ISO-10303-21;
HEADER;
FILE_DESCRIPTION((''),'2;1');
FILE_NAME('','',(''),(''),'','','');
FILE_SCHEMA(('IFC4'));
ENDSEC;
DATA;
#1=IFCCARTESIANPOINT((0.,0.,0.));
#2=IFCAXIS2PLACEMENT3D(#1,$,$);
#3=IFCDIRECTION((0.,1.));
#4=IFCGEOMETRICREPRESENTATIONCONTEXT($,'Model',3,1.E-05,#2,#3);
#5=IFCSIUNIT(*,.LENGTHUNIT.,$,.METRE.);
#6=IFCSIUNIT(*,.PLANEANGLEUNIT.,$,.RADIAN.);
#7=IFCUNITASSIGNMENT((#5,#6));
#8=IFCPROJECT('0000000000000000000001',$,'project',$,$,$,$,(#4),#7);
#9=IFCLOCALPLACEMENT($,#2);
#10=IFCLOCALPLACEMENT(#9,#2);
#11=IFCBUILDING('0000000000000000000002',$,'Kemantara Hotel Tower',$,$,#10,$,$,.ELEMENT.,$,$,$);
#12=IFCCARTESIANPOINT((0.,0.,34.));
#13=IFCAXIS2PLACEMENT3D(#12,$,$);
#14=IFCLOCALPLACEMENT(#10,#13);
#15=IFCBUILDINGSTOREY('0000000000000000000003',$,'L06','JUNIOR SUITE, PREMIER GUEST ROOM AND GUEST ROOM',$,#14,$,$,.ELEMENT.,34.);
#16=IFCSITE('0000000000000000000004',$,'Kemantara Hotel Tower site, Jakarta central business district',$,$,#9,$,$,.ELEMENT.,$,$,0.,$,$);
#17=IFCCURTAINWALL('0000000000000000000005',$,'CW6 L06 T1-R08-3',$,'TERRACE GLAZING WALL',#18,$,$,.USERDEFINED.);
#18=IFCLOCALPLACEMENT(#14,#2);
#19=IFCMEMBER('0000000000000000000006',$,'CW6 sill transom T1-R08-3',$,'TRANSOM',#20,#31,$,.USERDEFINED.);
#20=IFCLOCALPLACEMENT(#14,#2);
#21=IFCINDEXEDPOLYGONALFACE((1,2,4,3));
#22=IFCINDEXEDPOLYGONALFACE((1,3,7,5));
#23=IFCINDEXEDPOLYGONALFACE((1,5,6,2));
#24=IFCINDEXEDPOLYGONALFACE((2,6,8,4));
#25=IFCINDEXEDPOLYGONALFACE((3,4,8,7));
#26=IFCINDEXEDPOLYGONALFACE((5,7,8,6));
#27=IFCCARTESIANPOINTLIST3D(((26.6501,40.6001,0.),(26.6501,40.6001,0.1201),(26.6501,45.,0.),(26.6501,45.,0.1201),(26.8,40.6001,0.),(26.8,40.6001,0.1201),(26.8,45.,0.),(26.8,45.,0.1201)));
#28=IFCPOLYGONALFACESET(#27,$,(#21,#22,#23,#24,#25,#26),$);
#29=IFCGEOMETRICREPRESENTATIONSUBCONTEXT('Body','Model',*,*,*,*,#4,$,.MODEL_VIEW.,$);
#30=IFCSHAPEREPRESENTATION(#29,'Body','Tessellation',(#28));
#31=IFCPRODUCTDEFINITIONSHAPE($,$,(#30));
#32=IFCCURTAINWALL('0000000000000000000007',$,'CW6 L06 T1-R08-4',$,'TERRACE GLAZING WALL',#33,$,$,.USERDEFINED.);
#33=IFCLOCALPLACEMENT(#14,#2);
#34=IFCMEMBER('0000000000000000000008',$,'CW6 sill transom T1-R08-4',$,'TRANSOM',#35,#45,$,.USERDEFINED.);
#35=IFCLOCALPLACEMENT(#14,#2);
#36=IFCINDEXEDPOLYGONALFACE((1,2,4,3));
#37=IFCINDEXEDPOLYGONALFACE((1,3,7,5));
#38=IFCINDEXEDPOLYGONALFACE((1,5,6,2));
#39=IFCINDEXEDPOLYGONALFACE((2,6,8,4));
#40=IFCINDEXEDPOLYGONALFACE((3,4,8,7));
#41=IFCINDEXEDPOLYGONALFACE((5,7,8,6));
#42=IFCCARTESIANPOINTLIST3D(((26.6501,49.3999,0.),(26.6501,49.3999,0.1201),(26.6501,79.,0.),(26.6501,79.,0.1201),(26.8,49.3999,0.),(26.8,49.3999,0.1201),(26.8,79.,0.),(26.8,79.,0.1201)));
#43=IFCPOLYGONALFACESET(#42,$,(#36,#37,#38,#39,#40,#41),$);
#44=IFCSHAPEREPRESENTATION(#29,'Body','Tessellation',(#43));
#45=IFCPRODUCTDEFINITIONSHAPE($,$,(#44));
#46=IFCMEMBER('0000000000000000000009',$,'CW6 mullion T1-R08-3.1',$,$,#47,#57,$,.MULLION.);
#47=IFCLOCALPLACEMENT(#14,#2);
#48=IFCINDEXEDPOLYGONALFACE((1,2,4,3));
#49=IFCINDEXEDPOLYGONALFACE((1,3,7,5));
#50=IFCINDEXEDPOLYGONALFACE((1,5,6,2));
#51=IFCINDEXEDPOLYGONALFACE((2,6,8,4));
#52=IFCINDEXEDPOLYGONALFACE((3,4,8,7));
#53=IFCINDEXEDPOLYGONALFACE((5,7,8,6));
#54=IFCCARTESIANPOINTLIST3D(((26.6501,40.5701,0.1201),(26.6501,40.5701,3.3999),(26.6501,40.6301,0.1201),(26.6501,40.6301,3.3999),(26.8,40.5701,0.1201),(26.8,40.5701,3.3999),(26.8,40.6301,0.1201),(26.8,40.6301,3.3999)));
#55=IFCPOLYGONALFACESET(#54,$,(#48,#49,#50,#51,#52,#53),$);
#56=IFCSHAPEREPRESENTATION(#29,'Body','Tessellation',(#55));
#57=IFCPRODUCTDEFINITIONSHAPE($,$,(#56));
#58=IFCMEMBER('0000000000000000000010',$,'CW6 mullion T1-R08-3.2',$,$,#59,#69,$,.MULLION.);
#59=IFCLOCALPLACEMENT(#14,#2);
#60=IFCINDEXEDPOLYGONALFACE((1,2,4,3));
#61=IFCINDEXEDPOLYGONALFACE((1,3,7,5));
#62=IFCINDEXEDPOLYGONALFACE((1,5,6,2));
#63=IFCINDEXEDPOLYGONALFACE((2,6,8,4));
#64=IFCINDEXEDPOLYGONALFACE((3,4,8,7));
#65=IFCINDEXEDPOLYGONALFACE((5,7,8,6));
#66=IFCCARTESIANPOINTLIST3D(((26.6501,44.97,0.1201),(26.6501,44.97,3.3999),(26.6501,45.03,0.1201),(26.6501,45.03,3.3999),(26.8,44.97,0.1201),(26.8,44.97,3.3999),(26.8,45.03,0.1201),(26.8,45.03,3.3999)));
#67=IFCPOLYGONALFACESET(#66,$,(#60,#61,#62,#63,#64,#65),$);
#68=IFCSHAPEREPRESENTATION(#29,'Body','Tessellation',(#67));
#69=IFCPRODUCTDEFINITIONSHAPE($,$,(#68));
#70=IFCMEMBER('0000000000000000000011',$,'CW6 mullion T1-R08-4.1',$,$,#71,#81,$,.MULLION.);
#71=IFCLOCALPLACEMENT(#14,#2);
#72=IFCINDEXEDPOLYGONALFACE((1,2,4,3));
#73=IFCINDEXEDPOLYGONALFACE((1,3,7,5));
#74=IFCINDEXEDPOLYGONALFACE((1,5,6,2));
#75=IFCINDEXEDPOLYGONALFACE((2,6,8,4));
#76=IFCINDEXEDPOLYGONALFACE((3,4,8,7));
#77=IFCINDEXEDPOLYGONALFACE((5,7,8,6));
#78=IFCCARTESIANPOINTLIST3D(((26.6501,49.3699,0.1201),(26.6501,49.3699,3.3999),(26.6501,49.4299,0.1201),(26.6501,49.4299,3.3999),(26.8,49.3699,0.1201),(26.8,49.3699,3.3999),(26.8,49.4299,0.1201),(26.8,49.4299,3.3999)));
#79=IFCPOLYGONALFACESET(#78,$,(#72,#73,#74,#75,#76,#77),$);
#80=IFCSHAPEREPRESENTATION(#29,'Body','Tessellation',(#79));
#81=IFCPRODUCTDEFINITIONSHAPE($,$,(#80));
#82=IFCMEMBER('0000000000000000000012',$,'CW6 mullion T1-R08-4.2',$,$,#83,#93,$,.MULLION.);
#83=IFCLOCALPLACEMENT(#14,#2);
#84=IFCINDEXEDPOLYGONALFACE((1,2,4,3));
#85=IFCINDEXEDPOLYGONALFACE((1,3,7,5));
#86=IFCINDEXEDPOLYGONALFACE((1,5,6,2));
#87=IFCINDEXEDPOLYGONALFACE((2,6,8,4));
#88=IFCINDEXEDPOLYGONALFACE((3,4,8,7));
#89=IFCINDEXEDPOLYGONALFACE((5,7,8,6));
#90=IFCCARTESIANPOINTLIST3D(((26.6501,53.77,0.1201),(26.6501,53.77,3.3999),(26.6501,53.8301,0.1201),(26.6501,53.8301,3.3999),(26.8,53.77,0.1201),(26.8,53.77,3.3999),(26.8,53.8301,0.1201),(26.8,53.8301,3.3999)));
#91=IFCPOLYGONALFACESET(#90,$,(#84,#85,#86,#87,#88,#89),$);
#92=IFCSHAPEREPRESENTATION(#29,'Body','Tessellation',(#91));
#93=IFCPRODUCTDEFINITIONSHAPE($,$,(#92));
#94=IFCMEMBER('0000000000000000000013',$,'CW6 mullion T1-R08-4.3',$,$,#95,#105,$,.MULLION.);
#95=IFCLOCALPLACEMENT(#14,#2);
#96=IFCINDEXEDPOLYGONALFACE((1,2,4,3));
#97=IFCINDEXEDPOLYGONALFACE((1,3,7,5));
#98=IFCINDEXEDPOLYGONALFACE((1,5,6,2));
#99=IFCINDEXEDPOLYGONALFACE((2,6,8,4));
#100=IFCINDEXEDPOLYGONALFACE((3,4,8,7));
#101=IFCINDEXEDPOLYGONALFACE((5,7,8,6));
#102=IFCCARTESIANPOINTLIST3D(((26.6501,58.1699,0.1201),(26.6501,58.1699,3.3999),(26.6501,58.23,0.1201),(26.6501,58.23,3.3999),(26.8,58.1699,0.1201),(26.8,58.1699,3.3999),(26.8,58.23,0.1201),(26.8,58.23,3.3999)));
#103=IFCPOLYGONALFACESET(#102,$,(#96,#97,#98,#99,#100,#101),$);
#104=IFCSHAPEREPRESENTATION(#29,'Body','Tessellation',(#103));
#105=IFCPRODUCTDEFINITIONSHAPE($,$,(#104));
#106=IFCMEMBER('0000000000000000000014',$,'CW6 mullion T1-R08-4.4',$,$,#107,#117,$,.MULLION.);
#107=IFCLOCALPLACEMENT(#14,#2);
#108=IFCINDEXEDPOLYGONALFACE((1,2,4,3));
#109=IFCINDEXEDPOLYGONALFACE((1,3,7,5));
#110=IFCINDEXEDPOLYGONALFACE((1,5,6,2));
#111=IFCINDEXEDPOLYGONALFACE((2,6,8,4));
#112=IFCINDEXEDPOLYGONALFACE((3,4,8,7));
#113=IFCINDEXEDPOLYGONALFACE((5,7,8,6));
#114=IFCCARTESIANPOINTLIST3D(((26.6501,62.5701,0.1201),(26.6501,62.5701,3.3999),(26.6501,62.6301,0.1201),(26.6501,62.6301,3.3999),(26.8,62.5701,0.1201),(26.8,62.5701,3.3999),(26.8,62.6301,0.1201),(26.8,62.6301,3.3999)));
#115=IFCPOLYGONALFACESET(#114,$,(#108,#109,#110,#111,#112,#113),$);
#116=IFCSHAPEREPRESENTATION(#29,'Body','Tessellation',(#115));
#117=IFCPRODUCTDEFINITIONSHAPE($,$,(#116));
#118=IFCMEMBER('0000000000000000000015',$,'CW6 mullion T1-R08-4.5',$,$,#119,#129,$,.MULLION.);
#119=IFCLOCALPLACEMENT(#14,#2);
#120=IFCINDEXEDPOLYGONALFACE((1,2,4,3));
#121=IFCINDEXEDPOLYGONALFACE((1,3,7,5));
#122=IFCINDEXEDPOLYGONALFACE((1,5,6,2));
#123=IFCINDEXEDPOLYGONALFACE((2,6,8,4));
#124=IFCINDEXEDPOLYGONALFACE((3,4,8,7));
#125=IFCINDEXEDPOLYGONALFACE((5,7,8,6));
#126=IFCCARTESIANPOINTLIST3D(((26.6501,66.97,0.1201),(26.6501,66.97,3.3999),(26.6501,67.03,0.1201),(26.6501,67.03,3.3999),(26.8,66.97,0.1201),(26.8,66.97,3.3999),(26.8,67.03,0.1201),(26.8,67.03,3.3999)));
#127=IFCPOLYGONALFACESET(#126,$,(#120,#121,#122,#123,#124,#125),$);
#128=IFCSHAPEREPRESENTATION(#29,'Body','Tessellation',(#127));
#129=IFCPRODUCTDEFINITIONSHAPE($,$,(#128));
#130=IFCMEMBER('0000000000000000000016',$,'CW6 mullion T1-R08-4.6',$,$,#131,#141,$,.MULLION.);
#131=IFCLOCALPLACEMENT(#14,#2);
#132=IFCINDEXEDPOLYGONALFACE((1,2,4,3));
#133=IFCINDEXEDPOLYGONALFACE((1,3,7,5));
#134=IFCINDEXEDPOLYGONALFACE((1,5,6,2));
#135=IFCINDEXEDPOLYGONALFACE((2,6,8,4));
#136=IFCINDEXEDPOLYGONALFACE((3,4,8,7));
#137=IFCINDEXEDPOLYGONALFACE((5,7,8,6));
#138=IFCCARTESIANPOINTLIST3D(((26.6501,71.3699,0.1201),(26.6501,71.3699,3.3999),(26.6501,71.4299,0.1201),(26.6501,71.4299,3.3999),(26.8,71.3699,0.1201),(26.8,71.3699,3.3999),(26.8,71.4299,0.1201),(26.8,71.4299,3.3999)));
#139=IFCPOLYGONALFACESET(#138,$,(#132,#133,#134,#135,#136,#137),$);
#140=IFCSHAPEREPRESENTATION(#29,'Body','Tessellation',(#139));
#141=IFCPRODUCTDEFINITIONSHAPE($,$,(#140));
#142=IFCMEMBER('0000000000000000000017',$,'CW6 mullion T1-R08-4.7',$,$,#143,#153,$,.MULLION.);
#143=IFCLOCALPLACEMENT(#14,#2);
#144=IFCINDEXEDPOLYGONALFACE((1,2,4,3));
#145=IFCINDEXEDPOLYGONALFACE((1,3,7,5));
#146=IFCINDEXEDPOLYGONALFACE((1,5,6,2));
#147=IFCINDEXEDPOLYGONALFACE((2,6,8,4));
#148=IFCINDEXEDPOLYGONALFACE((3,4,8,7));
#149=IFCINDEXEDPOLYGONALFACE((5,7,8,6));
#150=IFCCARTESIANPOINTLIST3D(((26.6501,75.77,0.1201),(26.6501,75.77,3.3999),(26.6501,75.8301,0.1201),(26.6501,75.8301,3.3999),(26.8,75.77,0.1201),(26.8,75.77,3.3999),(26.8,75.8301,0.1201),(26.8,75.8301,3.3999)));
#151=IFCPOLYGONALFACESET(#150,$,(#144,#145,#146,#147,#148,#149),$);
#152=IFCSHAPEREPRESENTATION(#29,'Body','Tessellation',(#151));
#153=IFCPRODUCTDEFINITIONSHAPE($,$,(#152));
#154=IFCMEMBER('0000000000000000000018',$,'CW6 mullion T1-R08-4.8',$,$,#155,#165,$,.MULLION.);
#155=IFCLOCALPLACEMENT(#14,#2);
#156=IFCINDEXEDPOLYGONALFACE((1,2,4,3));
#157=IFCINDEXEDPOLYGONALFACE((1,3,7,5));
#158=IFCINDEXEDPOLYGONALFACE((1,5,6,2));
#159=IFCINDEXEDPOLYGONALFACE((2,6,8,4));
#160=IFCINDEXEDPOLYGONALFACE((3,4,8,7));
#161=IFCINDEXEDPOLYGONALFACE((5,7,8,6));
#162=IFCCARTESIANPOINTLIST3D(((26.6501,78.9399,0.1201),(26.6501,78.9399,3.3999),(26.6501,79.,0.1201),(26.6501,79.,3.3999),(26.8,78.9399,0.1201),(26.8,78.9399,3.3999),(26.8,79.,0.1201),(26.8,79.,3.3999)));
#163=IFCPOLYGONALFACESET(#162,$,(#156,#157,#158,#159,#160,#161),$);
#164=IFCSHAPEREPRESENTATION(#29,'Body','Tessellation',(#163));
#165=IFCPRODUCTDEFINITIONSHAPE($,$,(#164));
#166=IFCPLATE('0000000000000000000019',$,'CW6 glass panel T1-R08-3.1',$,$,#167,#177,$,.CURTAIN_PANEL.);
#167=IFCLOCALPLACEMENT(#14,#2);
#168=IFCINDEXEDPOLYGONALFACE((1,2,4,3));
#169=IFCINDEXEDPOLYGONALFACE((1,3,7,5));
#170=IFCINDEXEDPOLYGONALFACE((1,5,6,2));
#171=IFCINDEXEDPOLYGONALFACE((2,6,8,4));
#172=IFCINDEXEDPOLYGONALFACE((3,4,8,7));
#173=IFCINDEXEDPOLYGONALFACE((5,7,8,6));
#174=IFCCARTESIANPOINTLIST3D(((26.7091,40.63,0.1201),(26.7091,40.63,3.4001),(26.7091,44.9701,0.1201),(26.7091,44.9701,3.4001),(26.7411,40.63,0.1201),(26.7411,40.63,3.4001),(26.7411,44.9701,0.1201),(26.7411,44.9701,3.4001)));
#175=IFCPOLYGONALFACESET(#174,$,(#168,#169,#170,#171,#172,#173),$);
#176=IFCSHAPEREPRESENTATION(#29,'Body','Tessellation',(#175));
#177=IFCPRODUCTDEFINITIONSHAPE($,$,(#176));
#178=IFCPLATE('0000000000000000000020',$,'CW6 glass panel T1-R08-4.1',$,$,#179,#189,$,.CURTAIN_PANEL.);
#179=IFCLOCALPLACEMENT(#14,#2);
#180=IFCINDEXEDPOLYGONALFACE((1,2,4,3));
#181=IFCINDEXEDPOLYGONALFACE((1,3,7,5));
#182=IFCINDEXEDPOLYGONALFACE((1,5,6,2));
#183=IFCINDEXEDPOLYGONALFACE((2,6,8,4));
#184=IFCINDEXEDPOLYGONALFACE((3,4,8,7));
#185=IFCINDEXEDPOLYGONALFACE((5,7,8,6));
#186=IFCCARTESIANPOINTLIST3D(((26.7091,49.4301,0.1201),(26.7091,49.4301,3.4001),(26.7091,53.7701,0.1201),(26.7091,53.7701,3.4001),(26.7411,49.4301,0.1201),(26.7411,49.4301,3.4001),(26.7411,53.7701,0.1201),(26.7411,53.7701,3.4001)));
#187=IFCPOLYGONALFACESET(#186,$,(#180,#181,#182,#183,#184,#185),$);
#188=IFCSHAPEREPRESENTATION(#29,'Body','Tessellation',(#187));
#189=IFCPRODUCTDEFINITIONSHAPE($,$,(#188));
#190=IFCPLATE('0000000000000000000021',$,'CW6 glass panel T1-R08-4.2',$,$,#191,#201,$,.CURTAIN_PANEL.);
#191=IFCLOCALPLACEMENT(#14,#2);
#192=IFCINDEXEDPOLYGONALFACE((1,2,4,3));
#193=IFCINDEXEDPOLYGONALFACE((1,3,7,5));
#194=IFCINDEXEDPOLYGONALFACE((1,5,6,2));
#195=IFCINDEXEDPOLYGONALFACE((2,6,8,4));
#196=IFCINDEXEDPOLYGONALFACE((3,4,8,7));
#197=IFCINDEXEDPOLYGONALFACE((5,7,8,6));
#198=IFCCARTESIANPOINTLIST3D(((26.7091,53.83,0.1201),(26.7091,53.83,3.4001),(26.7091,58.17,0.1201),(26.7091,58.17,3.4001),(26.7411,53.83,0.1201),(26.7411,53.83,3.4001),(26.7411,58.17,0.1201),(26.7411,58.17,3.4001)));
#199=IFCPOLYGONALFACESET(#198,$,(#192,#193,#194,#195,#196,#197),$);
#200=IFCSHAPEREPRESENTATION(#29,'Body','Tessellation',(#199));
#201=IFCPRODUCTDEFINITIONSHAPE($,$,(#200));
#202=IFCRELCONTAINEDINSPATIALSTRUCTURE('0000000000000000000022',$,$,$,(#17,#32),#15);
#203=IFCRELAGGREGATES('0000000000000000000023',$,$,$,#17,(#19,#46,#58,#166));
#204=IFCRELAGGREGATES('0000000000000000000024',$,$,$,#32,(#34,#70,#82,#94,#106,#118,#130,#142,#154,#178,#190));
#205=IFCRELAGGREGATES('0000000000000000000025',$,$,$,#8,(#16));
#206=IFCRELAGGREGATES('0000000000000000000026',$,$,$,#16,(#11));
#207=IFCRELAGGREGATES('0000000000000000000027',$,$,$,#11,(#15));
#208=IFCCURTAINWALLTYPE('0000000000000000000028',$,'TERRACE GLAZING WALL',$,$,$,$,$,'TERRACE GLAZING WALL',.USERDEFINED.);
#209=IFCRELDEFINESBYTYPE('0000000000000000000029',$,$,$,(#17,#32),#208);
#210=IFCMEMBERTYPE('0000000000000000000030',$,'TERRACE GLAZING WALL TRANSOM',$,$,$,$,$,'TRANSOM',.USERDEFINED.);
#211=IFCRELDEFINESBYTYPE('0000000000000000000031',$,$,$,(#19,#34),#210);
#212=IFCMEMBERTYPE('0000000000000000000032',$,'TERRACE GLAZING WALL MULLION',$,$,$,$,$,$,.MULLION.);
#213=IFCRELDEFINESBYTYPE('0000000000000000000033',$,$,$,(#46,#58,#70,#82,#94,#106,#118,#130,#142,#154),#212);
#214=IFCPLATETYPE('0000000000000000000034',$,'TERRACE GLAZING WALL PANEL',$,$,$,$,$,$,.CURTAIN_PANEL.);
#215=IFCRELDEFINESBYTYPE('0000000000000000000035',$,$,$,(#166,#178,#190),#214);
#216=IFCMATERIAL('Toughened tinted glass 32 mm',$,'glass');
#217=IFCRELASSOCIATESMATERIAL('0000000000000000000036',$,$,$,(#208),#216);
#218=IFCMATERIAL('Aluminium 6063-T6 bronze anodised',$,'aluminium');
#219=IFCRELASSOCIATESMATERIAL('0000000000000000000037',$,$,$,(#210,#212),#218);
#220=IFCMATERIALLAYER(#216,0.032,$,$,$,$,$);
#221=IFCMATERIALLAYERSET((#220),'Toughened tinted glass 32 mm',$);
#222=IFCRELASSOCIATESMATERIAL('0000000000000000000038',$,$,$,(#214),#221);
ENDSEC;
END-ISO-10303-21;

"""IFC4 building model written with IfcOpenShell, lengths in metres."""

from ifc_helpers import new_model, si_unit, direction, frame, origin, origin_2d, place, context, subcontext, project, spatial, rectangle, extrude, source, transform, mapped, material, layer, layer_set, material_profile, profile_set, type_object, element, aggregate, save


model = new_model("IFC4")

# Units and contexts
model_context = context("Model", 3, precision=1e-05, world=origin(), true_north=direction((0.0, 1.0)))
body_context = subcontext(model_context, "Body", "Model", "MODEL_VIEW")
ifc_project = project(units=[si_unit("LENGTHUNIT", "METRE"), si_unit("PLANEANGLEUNIT", "RADIAN")], contexts=[model_context])

# Site, building, storey
site_placement = place(None, origin())
site = spatial("IfcSite", under=ifc_project, at=site_placement, Name="Kemantara Hotel Tower site, Jakarta central business district", CompositionType="ELEMENT", RefElevation=0.0)
building_placement = place(site_placement, origin())
building = spatial("IfcBuilding", under=site, at=building_placement, Name="Kemantara Hotel Tower", CompositionType="ELEMENT")
storey_placement = place(building_placement, frame((0.0, 0.0, 34.0)))
storey = spatial("IfcBuildingStorey", under=building, at=storey_placement, Name="L06", Description="JUNIOR SUITE, PREMIER GUEST ROOM AND GUEST ROOM", CompositionType="ELEMENT", Elevation=34.0)

# Curtain walls, members
ifc_material_1 = material(Name="Toughened tinted glass 32 mm", Category="glass")
curtain_wall_type = type_object("IfcCurtainWallType", Name="TERRACE GLAZING WALL", ElementType="TERRACE GLAZING WALL", PredefinedType="USERDEFINED", material=ifc_material_1)
curtain_wall_1_placement = place(storey_placement, origin())
curtain_wall_1 = element("IfcCurtainWall", 1, at=curtain_wall_1_placement, inside=storey, type_object=curtain_wall_type, Name="CW6 L06 T1-R08-3", ObjectType="TERRACE GLAZING WALL", PredefinedType="USERDEFINED")
ifc_material_2 = material(Name="Aluminium 6063-T6 bronze anodised", Category="aluminium")
ifc_material_profile_1 = material_profile(ifc_material_2, rectangle(XDim=0.1499, YDim=0.1201, at=origin_2d()), Name="TERRACE GLAZING WALL TRANSOM")
ifc_profile_set_1 = profile_set([ifc_material_profile_1], Name="Aluminium 6063-T6 bronze anodised")
member_type_1 = type_object("IfcMemberType", Name="TERRACE GLAZING WALL TRANSOM", ElementType="TRANSOM", PredefinedType="USERDEFINED", material=ifc_profile_set_1)
member_1_placement = place(storey_placement, frame((26.7251, 40.6001, 0.0601), z_axis=(0.0, 1.0, 0.0), x_axis=(-1.0, 0.0, 0.0)))
member_1 = element("IfcMember", 2, at=member_1_placement, type_object=member_type_1, Name="CW6 sill transom T1-R08-3", ObjectType="TRANSOM", PredefinedType="USERDEFINED", context=body_context, shape_type="SweptSolid", body=[
    extrude(rectangle(XDim=0.1499, YDim=0.1201, at=origin_2d()), origin(), (0.0, 0.0, 1.0), 4.3999),
])
curtain_wall_2_placement = place(storey_placement, origin())
curtain_wall_2 = element("IfcCurtainWall", 3, at=curtain_wall_2_placement, inside=storey, type_object=curtain_wall_type, Name="CW6 L06 T1-R08-4", ObjectType="TERRACE GLAZING WALL", PredefinedType="USERDEFINED")
member_2_placement = place(storey_placement, frame((26.7251, 49.3999, 0.0601), z_axis=(0.0, 1.0, 0.0), x_axis=(-1.0, 0.0, 0.0)))
member_2 = element("IfcMember", 4, at=member_2_placement, type_object=member_type_1, Name="CW6 sill transom T1-R08-4", ObjectType="TRANSOM", PredefinedType="USERDEFINED", context=body_context, shape_type="SweptSolid", body=[
    extrude(rectangle(XDim=0.1499, YDim=0.1201, at=origin_2d()), origin(), (0.0, 0.0, 1.0), 29.6001),
])

# Members
ifc_material_profile_2 = material_profile(ifc_material_2, rectangle(XDim=0.1499, YDim=0.0601, at=origin_2d()), Name="TERRACE GLAZING WALL MULLION")
ifc_profile_set_2 = profile_set([ifc_material_profile_2], Name="Aluminium 6063-T6 bronze anodised")
member_type_2 = type_object("IfcMemberType", Name="TERRACE GLAZING WALL MULLION", PredefinedType="MULLION", material=ifc_profile_set_2)
shared_shape_1 = source(origin(), body_context, "Body", "SweptSolid", [
    extrude(rectangle(XDim=0.1499, YDim=0.0601, at=origin_2d()), origin(), (0.0, 0.0, 1.0), 3.2798),
])
member_3_placement = place(storey_placement, frame((26.7251, 40.6001, 0.1201), z_axis=(0.0, 0.0, 1.0), x_axis=(-1.0, 0.0, 0.0)))
member_3 = element("IfcMember", 5, at=member_3_placement, type_object=member_type_2, Name="CW6 mullion T1-R08-3.1", PredefinedType="MULLION", context=body_context, shape_type="MappedRepresentation", body=[
    mapped(shared_shape_1, transform((0.0, 0.0, 0.0))),
])
member_4_placement = place(storey_placement, frame((26.7251, 45.0, 0.1201), z_axis=(0.0, 0.0, 1.0), x_axis=(-1.0, 0.0, 0.0)))
member_4 = element("IfcMember", 6, at=member_4_placement, type_object=member_type_2, Name="CW6 mullion T1-R08-3.2", PredefinedType="MULLION", context=body_context, shape_type="MappedRepresentation", body=[
    mapped(shared_shape_1, transform((0.0, 0.0, 0.0))),
])
member_5_placement = place(storey_placement, frame((26.7251, 49.3999, 0.1201), z_axis=(0.0, 0.0, 1.0), x_axis=(-1.0, 0.0, 0.0)))
member_5 = element("IfcMember", 7, at=member_5_placement, type_object=member_type_2, Name="CW6 mullion T1-R08-4.1", PredefinedType="MULLION", context=body_context, shape_type="MappedRepresentation", body=[
    mapped(shared_shape_1, transform((0.0, 0.0, 0.0))),
])
member_6_placement = place(storey_placement, frame((26.7251, 53.8, 0.1201), z_axis=(0.0, 0.0, 1.0), x_axis=(-1.0, 0.0, 0.0)))
member_6 = element("IfcMember", 8, at=member_6_placement, type_object=member_type_2, Name="CW6 mullion T1-R08-4.2", PredefinedType="MULLION", context=body_context, shape_type="MappedRepresentation", body=[
    mapped(shared_shape_1, transform((0.0, 0.0, 0.0))),
])
member_7_placement = place(storey_placement, frame((26.7251, 58.2, 0.1201), z_axis=(0.0, 0.0, 1.0), x_axis=(-1.0, 0.0, 0.0)))
member_7 = element("IfcMember", 9, at=member_7_placement, type_object=member_type_2, Name="CW6 mullion T1-R08-4.3", PredefinedType="MULLION", context=body_context, shape_type="MappedRepresentation", body=[
    mapped(shared_shape_1, transform((0.0, 0.0, 0.0))),
])
member_8_placement = place(storey_placement, frame((26.7251, 62.6001, 0.1201), z_axis=(0.0, 0.0, 1.0), x_axis=(-1.0, 0.0, 0.0)))
member_8 = element("IfcMember", 10, at=member_8_placement, type_object=member_type_2, Name="CW6 mullion T1-R08-4.4", PredefinedType="MULLION", context=body_context, shape_type="MappedRepresentation", body=[
    mapped(shared_shape_1, transform((0.0, 0.0, 0.0))),
])
member_9_placement = place(storey_placement, frame((26.7251, 67.0, 0.1201), z_axis=(0.0, 0.0, 1.0), x_axis=(-1.0, 0.0, 0.0)))
member_9 = element("IfcMember", 11, at=member_9_placement, type_object=member_type_2, Name="CW6 mullion T1-R08-4.5", PredefinedType="MULLION", context=body_context, shape_type="MappedRepresentation", body=[
    mapped(shared_shape_1, transform((0.0, 0.0, 0.0))),
])
member_10_placement = place(storey_placement, frame((26.7251, 71.3999, 0.1201), z_axis=(0.0, 0.0, 1.0), x_axis=(-1.0, 0.0, 0.0)))
member_10 = element("IfcMember", 12, at=member_10_placement, type_object=member_type_2, Name="CW6 mullion T1-R08-4.6", PredefinedType="MULLION", context=body_context, shape_type="MappedRepresentation", body=[
    mapped(shared_shape_1, transform((0.0, 0.0, 0.0))),
])
member_11_placement = place(storey_placement, frame((26.7251, 75.8, 0.1201), z_axis=(0.0, 0.0, 1.0), x_axis=(-1.0, 0.0, 0.0)))
member_11 = element("IfcMember", 13, at=member_11_placement, type_object=member_type_2, Name="CW6 mullion T1-R08-4.7", PredefinedType="MULLION", context=body_context, shape_type="MappedRepresentation", body=[
    mapped(shared_shape_1, transform((0.0, 0.0, 0.0))),
])
member_12_placement = place(storey_placement, frame((26.7251, 78.97, 0.1201), z_axis=(0.0, 0.0, 1.0), x_axis=(-1.0, 0.0, 0.0)))
member_12 = element("IfcMember", 14, at=member_12_placement, type_object=member_type_2, Name="CW6 mullion T1-R08-4.8", PredefinedType="MULLION", context=body_context, shape_type="MappedRepresentation", body=[
    mapped(shared_shape_1, transform((0.0, 0.0, 0.0))),
])

# Plates
ifc_layer_1 = layer(ifc_material_1, 0.032)
ifc_layer_set_1 = layer_set([ifc_layer_1], Name="Toughened tinted glass 32 mm")
plate_type = type_object("IfcPlateType", Name="TERRACE GLAZING WALL PANEL", PredefinedType="CURTAIN_PANEL", material=ifc_layer_set_1)
shared_shape_2 = source(origin(), body_context, "Body", "SweptSolid", [
    extrude(rectangle(XDim=4.3401, YDim=0.032, at=origin_2d()), origin(), (0.0, 0.0, 1.0), 3.28),
])
plate_1_placement = place(storey_placement, frame((26.7251, 42.8, 0.1201), z_axis=(0.0, 0.0, 1.0), x_axis=(0.0, 1.0, 0.0)))
plate_1 = element("IfcPlate", 15, at=plate_1_placement, type_object=plate_type, Name="CW6 glass panel T1-R08-3.1", PredefinedType="CURTAIN_PANEL", context=body_context, shape_type="MappedRepresentation", body=[
    mapped(shared_shape_2, transform((0.0, 0.0, 0.0))),
])
aggregate(curtain_wall_1, [member_1, member_3, member_4, plate_1])
plate_2_placement = place(storey_placement, frame((26.7251, 51.6001, 0.1201), z_axis=(0.0, 0.0, 1.0), x_axis=(0.0, 1.0, 0.0)))
plate_2 = element("IfcPlate", 16, at=plate_2_placement, type_object=plate_type, Name="CW6 glass panel T1-R08-4.1", PredefinedType="CURTAIN_PANEL", context=body_context, shape_type="MappedRepresentation", body=[
    mapped(shared_shape_2, transform((0.0, 0.0, 0.0))),
])
plate_3_placement = place(storey_placement, frame((26.7251, 56.0, 0.1201), z_axis=(0.0, 0.0, 1.0), x_axis=(0.0, 1.0, 0.0)))
plate_3 = element("IfcPlate", 17, at=plate_3_placement, type_object=plate_type, Name="CW6 glass panel T1-R08-4.2", PredefinedType="CURTAIN_PANEL", context=body_context, shape_type="MappedRepresentation", body=[
    mapped(shared_shape_2, transform((0.0, 0.0, 0.0))),
])
aggregate(curtain_wall_2, [member_2, member_5, member_6, member_7, member_8, member_9, member_10, member_11, member_12, plate_2, plate_3])

save(model, "model.ifc")
